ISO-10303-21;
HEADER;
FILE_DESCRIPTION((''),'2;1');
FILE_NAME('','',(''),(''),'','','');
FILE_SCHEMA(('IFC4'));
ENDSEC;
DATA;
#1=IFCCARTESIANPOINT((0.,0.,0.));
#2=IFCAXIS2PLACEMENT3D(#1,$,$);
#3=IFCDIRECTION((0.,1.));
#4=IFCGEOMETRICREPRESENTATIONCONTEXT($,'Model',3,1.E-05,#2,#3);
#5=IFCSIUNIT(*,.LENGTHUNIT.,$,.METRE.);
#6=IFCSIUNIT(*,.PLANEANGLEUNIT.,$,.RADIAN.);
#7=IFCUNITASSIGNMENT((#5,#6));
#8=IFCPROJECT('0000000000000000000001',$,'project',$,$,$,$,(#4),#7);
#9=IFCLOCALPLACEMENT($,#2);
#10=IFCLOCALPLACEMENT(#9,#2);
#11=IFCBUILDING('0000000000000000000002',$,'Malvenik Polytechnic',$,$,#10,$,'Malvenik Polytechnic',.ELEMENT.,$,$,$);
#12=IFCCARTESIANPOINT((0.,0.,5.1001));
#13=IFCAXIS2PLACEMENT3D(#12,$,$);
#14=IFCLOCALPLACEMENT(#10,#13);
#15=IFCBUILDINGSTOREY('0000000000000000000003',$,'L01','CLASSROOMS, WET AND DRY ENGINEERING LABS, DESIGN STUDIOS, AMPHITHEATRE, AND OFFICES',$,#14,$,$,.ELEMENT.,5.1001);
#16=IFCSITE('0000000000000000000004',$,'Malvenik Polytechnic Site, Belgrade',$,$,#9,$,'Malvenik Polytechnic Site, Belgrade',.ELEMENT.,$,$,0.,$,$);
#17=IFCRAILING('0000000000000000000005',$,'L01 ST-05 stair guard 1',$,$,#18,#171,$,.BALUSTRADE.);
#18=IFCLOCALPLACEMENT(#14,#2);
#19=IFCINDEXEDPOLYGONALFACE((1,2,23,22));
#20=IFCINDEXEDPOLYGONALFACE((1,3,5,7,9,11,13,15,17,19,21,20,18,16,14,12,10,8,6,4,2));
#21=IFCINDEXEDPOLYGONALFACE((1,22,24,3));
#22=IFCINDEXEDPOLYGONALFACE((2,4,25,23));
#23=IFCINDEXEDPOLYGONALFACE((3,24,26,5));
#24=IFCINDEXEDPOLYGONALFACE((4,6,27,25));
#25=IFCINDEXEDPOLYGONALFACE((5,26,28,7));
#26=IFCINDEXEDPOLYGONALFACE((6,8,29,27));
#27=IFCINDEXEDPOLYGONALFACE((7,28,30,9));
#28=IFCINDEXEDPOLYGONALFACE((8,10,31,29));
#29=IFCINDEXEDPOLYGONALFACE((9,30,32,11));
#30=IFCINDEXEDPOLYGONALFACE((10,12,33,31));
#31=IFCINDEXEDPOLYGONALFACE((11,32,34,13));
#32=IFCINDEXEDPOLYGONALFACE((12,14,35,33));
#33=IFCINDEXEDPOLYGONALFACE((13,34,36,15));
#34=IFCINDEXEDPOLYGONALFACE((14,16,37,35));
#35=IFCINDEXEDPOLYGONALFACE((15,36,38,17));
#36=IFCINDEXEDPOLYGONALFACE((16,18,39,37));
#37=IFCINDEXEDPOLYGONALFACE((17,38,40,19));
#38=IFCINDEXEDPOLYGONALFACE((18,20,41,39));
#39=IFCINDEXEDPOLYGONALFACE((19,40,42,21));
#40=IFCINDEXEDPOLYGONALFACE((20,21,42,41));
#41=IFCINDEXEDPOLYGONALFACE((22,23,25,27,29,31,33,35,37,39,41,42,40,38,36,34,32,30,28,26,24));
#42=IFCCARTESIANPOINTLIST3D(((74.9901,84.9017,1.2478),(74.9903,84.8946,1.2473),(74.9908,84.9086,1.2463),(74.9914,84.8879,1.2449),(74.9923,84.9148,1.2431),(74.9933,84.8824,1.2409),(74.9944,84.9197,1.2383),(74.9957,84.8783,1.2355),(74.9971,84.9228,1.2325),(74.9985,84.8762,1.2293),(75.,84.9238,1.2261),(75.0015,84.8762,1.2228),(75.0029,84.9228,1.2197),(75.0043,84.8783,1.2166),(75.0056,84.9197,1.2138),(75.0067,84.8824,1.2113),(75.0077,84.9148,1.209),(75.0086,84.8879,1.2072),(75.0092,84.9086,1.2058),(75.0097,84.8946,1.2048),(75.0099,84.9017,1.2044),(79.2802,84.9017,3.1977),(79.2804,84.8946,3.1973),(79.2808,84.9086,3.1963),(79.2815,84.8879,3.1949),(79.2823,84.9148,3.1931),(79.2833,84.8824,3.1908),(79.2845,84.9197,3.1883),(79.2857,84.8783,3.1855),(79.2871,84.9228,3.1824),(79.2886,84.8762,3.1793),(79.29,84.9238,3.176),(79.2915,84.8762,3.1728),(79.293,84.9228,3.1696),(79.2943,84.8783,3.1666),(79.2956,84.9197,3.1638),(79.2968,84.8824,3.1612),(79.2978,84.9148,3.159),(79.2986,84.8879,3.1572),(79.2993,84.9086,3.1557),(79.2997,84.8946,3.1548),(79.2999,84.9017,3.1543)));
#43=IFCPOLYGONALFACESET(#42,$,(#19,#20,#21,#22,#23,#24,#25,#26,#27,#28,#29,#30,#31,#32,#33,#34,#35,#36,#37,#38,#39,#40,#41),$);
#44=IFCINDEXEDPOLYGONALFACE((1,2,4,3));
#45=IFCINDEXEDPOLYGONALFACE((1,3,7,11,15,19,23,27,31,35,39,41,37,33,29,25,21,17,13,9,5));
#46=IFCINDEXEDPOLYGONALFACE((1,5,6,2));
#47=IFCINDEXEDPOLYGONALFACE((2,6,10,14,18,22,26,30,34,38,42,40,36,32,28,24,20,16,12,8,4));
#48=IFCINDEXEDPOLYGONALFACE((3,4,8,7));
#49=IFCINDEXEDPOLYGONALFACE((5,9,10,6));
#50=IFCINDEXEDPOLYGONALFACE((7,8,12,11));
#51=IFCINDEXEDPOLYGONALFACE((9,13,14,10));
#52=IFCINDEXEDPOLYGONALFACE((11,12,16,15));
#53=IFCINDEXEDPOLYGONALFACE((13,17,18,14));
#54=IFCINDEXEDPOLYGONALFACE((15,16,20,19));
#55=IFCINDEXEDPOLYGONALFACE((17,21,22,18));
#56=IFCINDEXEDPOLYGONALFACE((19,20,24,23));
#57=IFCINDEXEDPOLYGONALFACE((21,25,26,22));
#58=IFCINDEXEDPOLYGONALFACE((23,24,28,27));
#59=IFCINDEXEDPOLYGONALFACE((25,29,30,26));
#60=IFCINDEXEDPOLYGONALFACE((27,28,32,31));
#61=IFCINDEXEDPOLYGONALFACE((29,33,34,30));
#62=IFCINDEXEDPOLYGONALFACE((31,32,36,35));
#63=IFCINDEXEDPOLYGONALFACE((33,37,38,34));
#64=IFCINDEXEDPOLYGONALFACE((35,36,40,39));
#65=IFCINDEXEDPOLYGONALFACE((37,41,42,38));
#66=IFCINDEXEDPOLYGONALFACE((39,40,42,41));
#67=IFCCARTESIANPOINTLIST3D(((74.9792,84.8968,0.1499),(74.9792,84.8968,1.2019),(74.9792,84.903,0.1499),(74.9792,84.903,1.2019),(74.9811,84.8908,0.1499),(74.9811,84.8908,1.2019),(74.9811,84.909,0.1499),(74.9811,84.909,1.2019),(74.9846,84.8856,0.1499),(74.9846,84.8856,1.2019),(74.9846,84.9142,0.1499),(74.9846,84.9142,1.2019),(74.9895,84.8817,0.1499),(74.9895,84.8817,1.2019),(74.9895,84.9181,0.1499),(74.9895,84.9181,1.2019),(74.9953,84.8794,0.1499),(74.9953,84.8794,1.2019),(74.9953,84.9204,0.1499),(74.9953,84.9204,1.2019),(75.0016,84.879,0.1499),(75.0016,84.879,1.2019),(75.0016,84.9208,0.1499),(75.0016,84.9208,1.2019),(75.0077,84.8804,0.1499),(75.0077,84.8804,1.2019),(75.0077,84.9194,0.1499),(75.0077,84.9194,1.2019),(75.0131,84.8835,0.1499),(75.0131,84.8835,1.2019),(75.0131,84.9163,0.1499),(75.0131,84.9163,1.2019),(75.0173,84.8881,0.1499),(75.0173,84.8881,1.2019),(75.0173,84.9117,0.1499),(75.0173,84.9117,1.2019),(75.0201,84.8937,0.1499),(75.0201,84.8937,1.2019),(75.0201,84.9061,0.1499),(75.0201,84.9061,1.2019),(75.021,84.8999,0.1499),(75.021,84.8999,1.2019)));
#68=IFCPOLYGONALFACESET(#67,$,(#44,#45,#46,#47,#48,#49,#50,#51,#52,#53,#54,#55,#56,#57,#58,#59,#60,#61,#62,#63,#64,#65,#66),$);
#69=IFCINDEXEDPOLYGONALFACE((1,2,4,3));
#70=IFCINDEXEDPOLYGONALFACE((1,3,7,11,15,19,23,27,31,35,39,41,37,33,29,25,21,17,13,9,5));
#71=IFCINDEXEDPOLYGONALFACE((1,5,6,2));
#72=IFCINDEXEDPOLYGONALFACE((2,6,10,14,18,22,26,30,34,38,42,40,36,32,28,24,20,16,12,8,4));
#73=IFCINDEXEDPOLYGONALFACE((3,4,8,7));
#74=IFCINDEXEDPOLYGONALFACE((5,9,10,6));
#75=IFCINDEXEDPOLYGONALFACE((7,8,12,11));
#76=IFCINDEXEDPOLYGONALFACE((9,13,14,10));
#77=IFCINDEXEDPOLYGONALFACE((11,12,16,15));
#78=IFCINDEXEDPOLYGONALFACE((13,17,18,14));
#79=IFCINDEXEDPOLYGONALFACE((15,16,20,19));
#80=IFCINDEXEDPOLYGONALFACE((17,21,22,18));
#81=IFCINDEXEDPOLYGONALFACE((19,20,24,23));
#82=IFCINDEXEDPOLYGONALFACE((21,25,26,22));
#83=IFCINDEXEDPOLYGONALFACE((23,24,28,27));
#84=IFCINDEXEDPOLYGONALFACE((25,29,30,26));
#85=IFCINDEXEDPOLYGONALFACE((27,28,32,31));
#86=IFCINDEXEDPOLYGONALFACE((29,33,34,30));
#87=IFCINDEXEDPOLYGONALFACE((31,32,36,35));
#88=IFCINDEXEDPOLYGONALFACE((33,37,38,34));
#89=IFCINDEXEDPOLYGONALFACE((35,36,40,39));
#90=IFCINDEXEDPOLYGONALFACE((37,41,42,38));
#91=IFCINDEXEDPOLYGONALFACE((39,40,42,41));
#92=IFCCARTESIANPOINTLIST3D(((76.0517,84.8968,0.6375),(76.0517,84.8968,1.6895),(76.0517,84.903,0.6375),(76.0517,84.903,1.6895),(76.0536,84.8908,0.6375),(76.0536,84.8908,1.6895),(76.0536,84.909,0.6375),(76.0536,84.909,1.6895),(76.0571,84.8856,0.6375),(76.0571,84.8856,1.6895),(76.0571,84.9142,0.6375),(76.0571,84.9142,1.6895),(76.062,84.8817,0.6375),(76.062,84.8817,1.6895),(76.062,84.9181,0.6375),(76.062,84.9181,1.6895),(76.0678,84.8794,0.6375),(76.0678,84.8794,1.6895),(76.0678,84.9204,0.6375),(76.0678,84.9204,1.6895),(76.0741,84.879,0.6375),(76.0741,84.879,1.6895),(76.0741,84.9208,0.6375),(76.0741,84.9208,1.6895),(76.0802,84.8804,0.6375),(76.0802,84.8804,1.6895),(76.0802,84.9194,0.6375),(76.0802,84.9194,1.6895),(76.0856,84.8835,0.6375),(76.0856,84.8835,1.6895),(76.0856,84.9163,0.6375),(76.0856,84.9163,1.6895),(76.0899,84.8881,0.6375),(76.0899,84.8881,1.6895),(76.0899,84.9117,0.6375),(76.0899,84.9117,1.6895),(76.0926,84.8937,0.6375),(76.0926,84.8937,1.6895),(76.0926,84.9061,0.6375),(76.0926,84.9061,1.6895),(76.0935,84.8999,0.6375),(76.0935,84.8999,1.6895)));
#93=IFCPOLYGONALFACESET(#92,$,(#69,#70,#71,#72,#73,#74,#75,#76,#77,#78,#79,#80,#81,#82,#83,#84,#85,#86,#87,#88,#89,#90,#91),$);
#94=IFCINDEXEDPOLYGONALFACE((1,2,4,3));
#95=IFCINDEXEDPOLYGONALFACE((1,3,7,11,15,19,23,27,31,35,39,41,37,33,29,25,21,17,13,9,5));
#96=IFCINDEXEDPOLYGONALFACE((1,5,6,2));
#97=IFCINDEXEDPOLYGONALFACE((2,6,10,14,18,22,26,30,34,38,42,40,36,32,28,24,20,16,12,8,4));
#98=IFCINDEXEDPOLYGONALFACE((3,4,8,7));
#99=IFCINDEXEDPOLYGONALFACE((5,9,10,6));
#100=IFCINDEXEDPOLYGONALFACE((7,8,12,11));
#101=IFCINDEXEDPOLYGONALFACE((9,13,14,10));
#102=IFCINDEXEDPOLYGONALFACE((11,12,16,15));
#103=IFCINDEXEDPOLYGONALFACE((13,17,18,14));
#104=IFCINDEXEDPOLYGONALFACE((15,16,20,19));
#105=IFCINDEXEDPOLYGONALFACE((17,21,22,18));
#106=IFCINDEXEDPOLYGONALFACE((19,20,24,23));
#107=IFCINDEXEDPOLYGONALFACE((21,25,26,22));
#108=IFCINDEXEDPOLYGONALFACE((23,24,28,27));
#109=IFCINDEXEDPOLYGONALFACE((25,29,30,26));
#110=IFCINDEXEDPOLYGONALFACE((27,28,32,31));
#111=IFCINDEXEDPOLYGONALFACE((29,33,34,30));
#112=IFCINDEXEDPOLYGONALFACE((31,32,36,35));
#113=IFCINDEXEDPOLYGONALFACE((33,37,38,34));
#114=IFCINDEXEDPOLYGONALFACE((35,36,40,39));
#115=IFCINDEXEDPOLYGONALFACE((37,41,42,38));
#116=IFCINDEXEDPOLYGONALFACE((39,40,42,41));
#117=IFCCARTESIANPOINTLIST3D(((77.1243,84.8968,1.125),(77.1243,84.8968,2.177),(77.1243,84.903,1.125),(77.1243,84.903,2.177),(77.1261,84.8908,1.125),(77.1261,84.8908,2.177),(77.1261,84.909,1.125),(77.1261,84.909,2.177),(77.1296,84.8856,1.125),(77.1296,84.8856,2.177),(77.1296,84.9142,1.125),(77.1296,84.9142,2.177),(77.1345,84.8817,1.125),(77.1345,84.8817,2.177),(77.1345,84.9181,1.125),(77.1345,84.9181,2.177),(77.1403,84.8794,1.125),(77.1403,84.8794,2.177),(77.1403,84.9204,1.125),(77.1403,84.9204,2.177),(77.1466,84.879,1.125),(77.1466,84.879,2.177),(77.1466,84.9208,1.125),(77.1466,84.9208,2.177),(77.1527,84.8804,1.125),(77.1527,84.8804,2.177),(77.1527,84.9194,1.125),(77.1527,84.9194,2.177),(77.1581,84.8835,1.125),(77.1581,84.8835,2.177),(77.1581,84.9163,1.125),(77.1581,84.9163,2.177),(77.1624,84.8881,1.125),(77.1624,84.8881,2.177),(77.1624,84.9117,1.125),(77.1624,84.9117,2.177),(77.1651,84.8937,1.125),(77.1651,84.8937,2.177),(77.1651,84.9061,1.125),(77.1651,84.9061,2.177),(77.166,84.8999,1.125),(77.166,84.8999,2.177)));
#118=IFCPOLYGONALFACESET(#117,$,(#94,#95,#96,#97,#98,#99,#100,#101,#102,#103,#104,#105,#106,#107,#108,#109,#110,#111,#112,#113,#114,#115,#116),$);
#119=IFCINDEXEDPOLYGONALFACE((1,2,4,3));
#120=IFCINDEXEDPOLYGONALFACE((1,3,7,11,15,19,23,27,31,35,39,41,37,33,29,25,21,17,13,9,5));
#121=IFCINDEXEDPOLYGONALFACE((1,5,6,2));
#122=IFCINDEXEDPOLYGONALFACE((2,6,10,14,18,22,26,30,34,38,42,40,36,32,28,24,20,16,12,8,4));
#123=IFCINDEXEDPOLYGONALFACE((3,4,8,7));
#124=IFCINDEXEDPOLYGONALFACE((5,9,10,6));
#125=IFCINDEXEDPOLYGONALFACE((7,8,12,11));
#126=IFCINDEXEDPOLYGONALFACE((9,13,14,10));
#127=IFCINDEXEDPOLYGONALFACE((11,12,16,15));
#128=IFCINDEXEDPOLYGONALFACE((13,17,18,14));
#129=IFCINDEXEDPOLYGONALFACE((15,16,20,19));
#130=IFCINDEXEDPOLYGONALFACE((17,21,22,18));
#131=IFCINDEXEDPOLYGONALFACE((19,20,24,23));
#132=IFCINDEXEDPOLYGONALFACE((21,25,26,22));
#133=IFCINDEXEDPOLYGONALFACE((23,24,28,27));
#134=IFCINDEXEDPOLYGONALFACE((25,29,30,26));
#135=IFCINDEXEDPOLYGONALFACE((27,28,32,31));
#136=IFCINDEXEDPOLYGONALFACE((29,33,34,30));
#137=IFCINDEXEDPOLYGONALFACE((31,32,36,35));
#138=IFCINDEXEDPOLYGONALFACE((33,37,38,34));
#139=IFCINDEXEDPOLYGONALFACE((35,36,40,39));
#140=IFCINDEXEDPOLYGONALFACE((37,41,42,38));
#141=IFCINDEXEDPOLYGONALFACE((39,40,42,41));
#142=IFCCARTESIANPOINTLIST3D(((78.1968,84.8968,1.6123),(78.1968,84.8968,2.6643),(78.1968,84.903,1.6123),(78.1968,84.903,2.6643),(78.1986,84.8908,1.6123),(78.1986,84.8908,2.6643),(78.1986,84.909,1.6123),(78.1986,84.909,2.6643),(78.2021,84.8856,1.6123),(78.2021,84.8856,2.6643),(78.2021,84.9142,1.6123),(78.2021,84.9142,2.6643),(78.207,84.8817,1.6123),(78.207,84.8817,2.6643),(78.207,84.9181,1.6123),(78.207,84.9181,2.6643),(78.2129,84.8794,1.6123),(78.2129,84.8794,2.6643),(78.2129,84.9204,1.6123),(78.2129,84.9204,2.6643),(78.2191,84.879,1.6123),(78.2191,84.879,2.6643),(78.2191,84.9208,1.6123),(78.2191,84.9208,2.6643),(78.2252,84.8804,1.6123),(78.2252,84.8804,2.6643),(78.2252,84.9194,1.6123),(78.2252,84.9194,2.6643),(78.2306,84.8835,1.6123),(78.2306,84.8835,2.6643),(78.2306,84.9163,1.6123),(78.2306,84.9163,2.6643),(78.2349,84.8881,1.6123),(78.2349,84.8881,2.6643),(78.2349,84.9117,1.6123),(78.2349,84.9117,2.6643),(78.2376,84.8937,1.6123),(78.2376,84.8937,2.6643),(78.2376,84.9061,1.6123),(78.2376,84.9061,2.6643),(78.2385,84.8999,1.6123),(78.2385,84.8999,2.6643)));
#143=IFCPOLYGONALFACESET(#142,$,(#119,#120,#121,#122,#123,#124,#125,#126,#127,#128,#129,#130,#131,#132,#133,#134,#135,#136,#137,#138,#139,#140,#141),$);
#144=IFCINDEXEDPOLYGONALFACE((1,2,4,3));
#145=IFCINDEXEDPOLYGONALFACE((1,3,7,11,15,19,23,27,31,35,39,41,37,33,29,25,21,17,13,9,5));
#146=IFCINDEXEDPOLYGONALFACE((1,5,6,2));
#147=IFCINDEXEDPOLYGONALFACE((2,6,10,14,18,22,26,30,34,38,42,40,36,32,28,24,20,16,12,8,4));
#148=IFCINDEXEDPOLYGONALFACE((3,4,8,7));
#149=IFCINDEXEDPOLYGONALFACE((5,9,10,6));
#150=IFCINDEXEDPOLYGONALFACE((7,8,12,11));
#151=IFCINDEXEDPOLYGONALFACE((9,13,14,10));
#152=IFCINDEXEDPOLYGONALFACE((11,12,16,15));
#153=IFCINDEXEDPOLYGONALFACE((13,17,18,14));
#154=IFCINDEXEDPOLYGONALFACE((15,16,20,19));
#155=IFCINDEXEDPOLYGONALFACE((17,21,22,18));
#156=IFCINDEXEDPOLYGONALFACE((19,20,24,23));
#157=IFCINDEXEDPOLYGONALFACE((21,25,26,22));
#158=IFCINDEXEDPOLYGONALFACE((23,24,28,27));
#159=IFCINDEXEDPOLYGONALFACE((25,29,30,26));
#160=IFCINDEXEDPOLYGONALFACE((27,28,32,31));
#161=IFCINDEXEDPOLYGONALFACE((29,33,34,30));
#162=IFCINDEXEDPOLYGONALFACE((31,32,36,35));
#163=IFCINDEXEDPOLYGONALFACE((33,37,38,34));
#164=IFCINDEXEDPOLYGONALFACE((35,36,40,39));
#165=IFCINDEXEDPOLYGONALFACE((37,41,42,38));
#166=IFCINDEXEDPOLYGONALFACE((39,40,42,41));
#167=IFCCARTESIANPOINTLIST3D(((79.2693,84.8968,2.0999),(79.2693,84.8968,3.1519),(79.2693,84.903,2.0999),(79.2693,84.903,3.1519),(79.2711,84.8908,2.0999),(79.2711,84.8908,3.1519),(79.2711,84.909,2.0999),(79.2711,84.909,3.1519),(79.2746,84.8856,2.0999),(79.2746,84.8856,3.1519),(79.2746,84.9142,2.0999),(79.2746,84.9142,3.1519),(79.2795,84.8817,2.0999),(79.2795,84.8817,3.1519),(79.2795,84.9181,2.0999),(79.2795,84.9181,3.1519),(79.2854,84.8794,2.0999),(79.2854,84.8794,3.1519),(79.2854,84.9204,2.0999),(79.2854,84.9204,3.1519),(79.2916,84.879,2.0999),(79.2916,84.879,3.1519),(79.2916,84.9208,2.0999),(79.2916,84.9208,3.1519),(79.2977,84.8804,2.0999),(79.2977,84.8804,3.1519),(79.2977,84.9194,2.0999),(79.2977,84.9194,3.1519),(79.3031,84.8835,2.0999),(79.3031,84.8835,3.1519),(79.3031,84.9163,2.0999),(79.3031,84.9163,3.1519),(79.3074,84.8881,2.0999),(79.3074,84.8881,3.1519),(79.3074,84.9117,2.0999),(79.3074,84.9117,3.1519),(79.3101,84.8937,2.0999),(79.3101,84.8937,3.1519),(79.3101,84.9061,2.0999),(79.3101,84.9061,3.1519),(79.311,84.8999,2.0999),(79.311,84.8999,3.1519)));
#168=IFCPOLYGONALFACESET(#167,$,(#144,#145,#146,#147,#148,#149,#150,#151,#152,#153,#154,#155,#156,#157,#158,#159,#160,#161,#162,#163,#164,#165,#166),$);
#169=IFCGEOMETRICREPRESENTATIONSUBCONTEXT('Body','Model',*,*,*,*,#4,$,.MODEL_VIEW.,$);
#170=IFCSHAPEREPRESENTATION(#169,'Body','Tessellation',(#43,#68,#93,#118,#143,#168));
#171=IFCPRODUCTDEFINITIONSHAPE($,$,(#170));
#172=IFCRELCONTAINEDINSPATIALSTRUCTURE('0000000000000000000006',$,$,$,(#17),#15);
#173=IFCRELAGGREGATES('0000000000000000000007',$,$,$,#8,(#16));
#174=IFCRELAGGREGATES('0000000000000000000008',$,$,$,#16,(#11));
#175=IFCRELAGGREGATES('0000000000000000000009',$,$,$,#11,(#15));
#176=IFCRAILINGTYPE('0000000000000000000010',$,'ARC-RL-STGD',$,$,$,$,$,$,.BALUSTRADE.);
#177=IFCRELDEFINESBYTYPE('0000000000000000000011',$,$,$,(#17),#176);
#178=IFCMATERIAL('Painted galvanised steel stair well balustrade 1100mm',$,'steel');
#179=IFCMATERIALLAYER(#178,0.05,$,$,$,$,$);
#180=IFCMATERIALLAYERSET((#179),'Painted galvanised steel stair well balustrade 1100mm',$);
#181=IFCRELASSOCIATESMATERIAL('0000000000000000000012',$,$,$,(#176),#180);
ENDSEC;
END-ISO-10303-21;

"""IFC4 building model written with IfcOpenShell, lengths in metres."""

from ifc_helpers import new_model, si_unit, direction, frame, origin, origin_2d, place, context, subcontext, project, spatial, circle, extrude, material, layer, layer_set, type_object, element, save


model = new_model("IFC4")

# Units and contexts
model_context = context("Model", 3, precision=1e-05, world=origin(), true_north=direction((0.0, 1.0)))
body_context = subcontext(model_context, "Body", "Model", "MODEL_VIEW")
ifc_project = project(units=[si_unit("LENGTHUNIT", "METRE"), si_unit("PLANEANGLEUNIT", "RADIAN")], contexts=[model_context])

# Site, building, storey
site_placement = place(None, origin())
site = spatial("IfcSite", under=ifc_project, at=site_placement, Name="Malvenik Polytechnic Site, Belgrade", LongName="Malvenik Polytechnic Site, Belgrade", CompositionType="ELEMENT", RefElevation=0.0)
building_placement = place(site_placement, origin())
building = spatial("IfcBuilding", under=site, at=building_placement, Name="Malvenik Polytechnic", LongName="Malvenik Polytechnic", CompositionType="ELEMENT")
storey_placement = place(building_placement, frame((0.0, 0.0, 5.1001)))
storey = spatial("IfcBuildingStorey", under=building, at=storey_placement, Name="L01", Description="CLASSROOMS, WET AND DRY ENGINEERING LABS, DESIGN STUDIOS, AMPHITHEATRE, AND OFFICES", CompositionType="ELEMENT", Elevation=5.1001)

# Railing
ifc_material_1 = material(Name="Painted galvanised steel stair well balustrade 1100mm", Category="steel")
ifc_layer_1 = layer(ifc_material_1, 0.05)
ifc_layer_set_1 = layer_set([ifc_layer_1], Name="Painted galvanised steel stair well balustrade 1100mm")
railing_type_1 = type_object("IfcRailingType", Name="ARC-RL-STGD", PredefinedType="BALUSTRADE", material=ifc_layer_set_1)
railing_1_placement = place(storey_placement, frame((75.0, 84.8999, 0.1499)))
element("IfcRailing", 1, at=railing_1_placement, inside=storey, type_object=railing_type_1, Name="L01 ST-05 stair guard 1", PredefinedType="BALUSTRADE", context=body_context, shape_type="SweptSolid", body=[
    extrude(circle(Radius=0.0239, at=origin_2d()), frame((0.0, 0.0, 1.0762), z_axis=(0.910372, 0.0, 0.413791), x_axis=(0.0, 1.0, 0.0)), (0.0, 0.0, 1.0), 4.7124),
    extrude(circle(Radius=0.021, at=origin_2d()), origin(), (0.0, 0.0, 1.0), 1.052),
    extrude(circle(Radius=0.021, at=origin_2d()), frame((1.0725, 0.0, 0.4875)), (0.0, 0.0, 1.0), 1.052),
    extrude(circle(Radius=0.021, at=origin_2d()), frame((2.145, 0.0, 0.9751)), (0.0, 0.0, 1.0), 1.052),
    extrude(circle(Radius=0.021, at=origin_2d()), frame((3.2175, 0.0, 1.4624)), (0.0, 0.0, 1.0), 1.052),
    extrude(circle(Radius=0.021, at=origin_2d()), frame((4.29, 0.0, 1.95)), (0.0, 0.0, 1.0), 1.052),
])

save(model, "model.ifc")
